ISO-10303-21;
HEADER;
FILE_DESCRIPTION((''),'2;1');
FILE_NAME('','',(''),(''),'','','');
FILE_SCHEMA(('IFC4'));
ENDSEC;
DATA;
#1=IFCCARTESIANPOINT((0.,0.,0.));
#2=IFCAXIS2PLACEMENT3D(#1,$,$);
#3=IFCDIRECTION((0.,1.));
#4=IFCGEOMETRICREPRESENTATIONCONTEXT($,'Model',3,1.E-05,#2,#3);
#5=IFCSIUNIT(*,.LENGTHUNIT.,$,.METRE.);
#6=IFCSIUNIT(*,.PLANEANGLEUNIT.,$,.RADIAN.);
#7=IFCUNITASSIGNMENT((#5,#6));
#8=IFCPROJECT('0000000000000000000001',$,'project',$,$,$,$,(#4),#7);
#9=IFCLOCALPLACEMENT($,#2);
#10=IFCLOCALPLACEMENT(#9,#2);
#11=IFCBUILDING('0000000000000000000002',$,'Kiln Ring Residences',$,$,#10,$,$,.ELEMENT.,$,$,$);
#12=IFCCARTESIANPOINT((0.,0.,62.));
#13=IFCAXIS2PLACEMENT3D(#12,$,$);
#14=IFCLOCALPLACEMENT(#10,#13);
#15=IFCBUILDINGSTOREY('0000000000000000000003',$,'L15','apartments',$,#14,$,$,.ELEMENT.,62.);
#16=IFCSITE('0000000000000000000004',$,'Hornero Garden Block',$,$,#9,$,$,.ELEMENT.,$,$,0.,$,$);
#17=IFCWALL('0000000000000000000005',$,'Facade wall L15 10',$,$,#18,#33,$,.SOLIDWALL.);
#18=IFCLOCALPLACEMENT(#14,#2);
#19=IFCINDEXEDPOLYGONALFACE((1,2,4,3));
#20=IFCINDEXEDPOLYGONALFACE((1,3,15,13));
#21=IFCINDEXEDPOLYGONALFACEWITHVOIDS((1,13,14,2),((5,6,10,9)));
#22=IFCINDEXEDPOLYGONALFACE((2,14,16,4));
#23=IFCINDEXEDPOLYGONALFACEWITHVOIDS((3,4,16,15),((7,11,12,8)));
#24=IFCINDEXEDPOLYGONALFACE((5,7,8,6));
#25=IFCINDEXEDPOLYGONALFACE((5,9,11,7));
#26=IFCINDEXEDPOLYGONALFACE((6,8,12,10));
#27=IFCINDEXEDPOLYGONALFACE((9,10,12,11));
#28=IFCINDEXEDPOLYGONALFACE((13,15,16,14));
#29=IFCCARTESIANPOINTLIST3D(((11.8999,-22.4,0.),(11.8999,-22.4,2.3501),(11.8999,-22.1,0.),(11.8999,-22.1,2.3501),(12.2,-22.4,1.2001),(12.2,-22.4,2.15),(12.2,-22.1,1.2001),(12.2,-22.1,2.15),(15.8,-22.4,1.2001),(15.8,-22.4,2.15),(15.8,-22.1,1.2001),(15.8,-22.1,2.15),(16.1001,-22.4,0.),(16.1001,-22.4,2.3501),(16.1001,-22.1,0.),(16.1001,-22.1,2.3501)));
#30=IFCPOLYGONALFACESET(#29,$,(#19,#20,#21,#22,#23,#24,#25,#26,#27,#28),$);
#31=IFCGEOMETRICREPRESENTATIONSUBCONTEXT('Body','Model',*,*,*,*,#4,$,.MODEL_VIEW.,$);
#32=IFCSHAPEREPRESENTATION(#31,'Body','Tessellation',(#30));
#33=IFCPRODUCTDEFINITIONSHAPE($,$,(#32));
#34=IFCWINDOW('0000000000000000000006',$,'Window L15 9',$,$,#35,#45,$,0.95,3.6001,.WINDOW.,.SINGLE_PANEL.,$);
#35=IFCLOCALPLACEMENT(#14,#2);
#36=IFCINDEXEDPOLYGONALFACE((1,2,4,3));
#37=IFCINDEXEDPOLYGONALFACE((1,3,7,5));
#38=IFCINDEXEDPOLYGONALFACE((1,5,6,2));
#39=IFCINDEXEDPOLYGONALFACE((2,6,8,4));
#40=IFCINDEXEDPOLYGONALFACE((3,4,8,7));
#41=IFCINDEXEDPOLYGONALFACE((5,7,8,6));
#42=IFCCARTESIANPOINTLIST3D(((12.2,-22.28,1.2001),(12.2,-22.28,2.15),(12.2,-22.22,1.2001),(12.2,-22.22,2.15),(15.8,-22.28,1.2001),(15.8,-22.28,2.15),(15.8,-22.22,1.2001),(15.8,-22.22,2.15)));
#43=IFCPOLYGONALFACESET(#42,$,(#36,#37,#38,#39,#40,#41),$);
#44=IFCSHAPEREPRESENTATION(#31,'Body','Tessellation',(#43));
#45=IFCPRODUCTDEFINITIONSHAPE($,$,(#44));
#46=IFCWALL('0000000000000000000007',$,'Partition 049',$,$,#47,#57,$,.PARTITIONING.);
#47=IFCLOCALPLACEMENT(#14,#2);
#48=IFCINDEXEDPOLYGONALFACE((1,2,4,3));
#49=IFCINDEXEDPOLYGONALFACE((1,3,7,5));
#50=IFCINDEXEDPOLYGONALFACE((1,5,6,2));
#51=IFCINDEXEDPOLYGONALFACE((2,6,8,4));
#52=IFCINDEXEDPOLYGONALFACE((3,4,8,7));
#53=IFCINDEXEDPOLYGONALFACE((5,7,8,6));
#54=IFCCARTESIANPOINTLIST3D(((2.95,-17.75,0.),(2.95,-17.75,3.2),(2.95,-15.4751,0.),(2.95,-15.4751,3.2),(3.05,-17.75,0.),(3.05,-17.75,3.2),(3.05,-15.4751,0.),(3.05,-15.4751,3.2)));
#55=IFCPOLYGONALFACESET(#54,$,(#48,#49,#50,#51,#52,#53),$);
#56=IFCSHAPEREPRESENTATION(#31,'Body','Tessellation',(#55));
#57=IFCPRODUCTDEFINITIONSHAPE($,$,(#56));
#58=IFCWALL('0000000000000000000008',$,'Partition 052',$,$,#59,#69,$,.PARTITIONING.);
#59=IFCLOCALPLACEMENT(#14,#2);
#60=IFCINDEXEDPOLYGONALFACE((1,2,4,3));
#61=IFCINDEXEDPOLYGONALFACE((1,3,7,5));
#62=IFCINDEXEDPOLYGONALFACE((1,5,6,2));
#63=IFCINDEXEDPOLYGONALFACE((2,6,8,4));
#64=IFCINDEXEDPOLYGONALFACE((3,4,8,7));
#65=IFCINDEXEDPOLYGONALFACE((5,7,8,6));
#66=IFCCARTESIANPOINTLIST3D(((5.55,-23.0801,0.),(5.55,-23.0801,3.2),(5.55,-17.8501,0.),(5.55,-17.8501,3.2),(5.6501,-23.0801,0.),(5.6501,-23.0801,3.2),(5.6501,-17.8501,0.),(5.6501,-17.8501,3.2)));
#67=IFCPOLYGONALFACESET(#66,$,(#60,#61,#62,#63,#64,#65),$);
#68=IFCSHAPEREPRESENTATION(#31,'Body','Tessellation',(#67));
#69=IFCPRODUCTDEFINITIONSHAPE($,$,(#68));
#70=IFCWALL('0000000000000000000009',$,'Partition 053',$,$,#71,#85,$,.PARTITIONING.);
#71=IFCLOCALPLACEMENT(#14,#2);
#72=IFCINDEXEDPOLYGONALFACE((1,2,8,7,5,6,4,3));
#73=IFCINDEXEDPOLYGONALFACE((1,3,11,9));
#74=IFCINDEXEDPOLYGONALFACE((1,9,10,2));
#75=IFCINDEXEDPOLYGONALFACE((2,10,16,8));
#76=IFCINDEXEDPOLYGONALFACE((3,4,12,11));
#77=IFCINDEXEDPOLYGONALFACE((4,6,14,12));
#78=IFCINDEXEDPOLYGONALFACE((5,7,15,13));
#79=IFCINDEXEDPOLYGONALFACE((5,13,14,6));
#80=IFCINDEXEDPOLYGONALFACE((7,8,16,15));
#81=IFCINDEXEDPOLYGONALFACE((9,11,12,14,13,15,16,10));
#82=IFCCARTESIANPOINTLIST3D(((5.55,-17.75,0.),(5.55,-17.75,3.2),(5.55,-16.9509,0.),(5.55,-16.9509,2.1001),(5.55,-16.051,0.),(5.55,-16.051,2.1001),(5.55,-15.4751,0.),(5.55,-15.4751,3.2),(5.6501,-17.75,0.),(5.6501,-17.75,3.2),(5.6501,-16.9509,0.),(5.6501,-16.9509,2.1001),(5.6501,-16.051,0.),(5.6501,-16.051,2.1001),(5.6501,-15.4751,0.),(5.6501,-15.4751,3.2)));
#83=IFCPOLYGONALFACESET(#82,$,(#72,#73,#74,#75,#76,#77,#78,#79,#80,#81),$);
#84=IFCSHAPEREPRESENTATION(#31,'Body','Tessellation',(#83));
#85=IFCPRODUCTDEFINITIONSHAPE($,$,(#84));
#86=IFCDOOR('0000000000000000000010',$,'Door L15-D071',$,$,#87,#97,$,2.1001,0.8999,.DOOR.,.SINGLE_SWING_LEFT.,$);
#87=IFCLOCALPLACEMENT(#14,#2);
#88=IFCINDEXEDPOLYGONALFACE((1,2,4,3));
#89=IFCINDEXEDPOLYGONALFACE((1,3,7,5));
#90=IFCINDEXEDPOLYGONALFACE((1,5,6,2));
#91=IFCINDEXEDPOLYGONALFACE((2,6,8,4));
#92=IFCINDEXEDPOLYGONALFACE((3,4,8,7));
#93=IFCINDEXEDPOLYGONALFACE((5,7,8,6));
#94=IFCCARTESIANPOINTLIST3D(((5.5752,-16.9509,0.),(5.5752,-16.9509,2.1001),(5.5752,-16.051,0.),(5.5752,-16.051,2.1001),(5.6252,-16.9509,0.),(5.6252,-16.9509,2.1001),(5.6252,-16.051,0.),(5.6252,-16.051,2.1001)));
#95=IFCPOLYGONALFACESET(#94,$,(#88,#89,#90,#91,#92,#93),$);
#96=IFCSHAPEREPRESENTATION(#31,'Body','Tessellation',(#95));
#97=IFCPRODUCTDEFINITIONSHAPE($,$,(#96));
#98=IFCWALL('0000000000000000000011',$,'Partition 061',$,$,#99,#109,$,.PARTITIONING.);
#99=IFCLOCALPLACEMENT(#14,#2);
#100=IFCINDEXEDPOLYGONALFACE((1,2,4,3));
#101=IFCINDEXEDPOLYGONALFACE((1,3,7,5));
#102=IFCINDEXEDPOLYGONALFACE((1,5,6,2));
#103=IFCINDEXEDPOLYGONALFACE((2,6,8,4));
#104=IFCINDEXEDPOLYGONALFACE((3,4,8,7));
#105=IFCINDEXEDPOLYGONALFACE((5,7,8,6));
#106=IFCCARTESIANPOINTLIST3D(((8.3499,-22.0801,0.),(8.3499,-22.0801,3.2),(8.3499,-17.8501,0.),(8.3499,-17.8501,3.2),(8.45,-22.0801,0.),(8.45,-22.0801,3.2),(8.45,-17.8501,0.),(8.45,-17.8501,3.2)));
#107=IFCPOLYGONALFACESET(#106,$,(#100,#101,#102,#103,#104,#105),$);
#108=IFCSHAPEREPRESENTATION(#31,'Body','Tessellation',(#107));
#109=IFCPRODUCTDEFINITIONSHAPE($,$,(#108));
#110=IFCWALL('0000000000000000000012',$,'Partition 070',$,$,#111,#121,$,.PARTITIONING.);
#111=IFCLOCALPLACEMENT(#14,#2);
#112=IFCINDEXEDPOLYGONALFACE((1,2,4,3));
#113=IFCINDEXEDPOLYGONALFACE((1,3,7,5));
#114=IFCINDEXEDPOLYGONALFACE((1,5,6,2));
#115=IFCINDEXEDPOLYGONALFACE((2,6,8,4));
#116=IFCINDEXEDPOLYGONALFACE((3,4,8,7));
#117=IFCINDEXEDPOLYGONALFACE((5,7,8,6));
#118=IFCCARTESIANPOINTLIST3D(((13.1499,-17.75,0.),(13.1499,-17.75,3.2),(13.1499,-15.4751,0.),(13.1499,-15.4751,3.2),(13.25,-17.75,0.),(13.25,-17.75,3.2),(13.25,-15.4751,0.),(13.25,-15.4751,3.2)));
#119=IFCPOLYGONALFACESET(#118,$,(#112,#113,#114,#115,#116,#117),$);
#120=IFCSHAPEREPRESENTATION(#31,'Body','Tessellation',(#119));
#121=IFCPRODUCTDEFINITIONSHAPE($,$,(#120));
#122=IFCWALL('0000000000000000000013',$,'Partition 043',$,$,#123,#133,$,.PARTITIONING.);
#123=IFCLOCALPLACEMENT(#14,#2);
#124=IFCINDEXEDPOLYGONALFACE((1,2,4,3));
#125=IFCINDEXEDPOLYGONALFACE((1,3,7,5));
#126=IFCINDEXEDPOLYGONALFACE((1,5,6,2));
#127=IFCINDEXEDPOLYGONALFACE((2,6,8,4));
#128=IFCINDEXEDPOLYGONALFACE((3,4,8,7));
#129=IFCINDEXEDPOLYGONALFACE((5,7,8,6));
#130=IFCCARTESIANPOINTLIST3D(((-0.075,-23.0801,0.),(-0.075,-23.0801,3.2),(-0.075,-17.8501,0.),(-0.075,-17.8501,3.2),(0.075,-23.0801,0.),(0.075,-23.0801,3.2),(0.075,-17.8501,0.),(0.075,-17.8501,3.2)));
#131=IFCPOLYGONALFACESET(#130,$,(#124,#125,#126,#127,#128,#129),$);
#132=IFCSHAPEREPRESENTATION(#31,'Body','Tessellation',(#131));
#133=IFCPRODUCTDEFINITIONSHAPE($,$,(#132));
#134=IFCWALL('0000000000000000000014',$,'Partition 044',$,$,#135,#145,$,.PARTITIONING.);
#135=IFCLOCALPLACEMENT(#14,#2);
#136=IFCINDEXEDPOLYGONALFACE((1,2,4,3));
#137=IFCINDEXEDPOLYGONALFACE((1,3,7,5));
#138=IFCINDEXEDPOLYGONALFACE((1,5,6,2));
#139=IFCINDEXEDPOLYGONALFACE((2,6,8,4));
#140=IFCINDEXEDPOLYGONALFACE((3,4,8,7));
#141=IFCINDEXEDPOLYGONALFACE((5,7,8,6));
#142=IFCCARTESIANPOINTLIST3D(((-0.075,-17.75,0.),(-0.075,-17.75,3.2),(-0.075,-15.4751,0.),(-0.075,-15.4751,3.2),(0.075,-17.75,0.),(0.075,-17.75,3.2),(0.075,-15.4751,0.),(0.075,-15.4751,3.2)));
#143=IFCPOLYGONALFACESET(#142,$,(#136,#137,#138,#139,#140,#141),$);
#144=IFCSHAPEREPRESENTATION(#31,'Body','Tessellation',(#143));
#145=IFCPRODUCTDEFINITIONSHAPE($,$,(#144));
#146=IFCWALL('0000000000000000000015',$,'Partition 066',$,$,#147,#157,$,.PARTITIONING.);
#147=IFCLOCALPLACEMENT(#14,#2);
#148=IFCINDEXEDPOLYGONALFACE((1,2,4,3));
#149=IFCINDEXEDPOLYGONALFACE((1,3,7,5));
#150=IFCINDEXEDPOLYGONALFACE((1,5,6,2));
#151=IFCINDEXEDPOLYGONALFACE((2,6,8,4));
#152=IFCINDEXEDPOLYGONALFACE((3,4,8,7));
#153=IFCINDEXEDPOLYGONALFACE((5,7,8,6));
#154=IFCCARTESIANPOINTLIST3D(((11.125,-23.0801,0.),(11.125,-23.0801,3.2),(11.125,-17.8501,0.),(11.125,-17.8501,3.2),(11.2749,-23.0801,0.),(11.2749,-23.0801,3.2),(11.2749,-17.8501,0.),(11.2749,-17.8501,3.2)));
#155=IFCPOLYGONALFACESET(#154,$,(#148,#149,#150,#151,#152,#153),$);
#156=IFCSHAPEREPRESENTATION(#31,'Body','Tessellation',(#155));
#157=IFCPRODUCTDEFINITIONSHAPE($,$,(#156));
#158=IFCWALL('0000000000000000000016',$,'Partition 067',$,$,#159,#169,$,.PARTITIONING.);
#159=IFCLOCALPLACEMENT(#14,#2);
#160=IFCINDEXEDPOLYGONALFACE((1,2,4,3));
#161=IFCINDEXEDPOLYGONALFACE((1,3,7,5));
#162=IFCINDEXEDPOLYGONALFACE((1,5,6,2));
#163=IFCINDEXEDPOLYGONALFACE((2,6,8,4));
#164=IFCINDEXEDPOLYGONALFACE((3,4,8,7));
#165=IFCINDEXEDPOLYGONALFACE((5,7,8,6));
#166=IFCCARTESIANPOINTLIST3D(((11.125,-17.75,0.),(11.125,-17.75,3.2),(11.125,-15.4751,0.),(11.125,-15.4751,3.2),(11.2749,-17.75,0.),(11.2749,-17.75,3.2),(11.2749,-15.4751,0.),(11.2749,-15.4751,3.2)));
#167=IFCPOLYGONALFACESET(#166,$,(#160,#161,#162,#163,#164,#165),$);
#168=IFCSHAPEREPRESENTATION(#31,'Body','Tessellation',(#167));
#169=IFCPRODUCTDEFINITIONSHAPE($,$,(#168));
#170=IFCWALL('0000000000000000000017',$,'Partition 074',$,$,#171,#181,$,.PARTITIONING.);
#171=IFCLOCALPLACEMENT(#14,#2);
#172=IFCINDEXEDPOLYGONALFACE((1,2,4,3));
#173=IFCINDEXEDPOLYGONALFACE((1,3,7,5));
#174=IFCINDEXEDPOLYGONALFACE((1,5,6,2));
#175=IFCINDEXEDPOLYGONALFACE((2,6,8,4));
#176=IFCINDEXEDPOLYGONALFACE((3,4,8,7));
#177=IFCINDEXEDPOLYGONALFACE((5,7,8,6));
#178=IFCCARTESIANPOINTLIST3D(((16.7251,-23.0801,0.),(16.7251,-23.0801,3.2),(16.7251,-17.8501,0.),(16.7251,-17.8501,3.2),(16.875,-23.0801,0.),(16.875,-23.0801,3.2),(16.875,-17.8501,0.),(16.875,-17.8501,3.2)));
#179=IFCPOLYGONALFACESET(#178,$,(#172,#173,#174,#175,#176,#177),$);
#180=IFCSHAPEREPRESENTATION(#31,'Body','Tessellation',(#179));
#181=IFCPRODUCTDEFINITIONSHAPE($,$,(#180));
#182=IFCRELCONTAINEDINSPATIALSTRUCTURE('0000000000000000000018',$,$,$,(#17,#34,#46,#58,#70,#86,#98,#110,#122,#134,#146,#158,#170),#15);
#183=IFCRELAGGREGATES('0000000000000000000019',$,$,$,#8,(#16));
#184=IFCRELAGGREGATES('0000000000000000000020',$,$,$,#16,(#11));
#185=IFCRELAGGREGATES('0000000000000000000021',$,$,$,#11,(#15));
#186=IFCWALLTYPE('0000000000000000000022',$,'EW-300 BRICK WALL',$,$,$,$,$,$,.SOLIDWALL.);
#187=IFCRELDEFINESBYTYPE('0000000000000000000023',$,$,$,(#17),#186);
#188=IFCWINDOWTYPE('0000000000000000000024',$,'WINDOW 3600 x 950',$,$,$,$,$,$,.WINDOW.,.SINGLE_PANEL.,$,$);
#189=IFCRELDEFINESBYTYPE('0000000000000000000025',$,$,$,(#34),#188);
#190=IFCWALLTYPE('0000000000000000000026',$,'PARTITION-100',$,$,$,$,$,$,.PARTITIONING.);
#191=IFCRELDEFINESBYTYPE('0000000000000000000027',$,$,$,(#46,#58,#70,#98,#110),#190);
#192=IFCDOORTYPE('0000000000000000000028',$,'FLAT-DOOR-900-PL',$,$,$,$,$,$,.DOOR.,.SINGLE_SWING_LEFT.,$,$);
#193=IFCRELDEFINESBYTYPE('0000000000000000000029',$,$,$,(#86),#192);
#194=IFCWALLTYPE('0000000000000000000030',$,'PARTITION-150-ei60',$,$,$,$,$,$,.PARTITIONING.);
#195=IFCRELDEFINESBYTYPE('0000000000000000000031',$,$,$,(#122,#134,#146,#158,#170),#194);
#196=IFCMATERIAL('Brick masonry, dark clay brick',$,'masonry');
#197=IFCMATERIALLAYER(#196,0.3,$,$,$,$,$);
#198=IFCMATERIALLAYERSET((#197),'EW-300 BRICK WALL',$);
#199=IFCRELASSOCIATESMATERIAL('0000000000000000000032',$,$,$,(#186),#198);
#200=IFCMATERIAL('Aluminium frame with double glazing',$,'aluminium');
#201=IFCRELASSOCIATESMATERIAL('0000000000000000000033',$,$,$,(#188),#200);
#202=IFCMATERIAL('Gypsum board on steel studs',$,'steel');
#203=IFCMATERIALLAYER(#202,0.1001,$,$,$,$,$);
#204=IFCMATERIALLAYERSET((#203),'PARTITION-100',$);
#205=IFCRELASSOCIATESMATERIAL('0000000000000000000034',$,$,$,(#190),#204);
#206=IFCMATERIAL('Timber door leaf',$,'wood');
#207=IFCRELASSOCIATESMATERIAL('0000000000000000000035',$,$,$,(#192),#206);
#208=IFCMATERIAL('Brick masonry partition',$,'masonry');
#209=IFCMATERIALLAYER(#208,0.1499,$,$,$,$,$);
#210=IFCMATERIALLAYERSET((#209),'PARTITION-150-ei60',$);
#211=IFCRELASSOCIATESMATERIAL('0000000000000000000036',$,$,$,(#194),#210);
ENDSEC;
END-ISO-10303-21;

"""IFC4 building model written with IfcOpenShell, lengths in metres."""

from ifc_helpers import new_model, si_unit, direction, frame, frame_2d, origin, place, context, subcontext, project, spatial, rectangle, extrude, material, layer, layer_set, type_object, element, fill, save


model = new_model("IFC4")

# Units and contexts
model_context = context("Model", 3, precision=1e-05, world=origin(), true_north=direction((0.0, 1.0)))
body_context = subcontext(model_context, "Body", "Model", "MODEL_VIEW")
ifc_project = project(units=[si_unit("LENGTHUNIT", "METRE"), si_unit("PLANEANGLEUNIT", "RADIAN")], contexts=[model_context])

# Site, building, storey
site_placement = place(None, origin())
site = spatial("IfcSite", under=ifc_project, at=site_placement, Name="Hornero Garden Block", CompositionType="ELEMENT", RefElevation=0.0)
building_placement = place(site_placement, origin())
building = spatial("IfcBuilding", under=site, at=building_placement, Name="Kiln Ring Residences", CompositionType="ELEMENT")
storey_placement = place(building_placement, frame((0.0, 0.0, 62.0)))
storey = spatial("IfcBuildingStorey", under=building, at=storey_placement, Name="L15", Description="apartments", CompositionType="ELEMENT", Elevation=62.0)

# Shared definitions
ifc_material_1 = material(Name="Brick masonry, dark clay brick", Category="masonry")
ifc_layer_1 = layer(ifc_material_1, 0.3)
ifc_layer_set_1 = layer_set([ifc_layer_1], Name="EW-300 BRICK WALL")
wall_type_1 = type_object("IfcWallType", Name="EW-300 BRICK WALL", PredefinedType="SOLIDWALL", material=ifc_layer_set_1)
ifc_material_2 = material(Name="Aluminium frame with double glazing", Category="aluminium")
window_type_1 = type_object("IfcWindowType", Name="WINDOW 3600 x 950", PartitioningType="SINGLE_PANEL", PredefinedType="WINDOW", material=ifc_material_2)

# Wall, opening, window
wall_1_placement = place(storey_placement, frame((11.8999, -22.25, 0.0), z_axis=(0.0, 0.0, 1.0), x_axis=(1.0, 0.0, 0.0)))
wall_1 = element("IfcWall", 1, at=wall_1_placement, inside=storey, type_object=wall_type_1, Name="Facade wall L15 10", PredefinedType="SOLIDWALL", context=body_context, shape_type="SweptSolid", body=[
    extrude(rectangle(XDim=4.2002, YDim=0.3, at=frame_2d((2.1001, 0.0))), origin(), (0.0, 0.0, 1.0), 2.3501),
])
opening_1_placement = place(wall_1_placement, frame((0.3, 0.0, 1.2)))
opening_1 = element("IfcOpeningElement", 2, at=opening_1_placement, cuts=wall_1, PredefinedType="OPENING", context=body_context, shape_type="SweptSolid", body=[
    extrude(rectangle(XDim=3.6001, YDim=0.95, at=frame_2d((1.8, 0.4751))), frame((0.0, 0.1599, 0.0), z_axis=(0.0, -1.0, 0.0), x_axis=(1.0, 0.0, 0.0)), (0.0, 0.0, 1.0), 0.3201),
])
window_1_placement = place(opening_1_placement, origin())
window_1 = element("IfcWindow", 3, at=window_1_placement, inside=storey, type_object=window_type_1, Name="Window L15 9", OverallHeight=0.95, OverallWidth=3.6001, PartitioningType="SINGLE_PANEL", PredefinedType="WINDOW", context=body_context, shape_type="SweptSolid", body=[
    extrude(rectangle(XDim=3.6001, YDim=0.95, at=frame_2d((1.8, 0.4751))), frame((0.0, 0.03, 0.0), z_axis=(0.0, -1.0, 0.0), x_axis=(1.0, 0.0, 0.0)), (0.0, 0.0, 1.0), 0.0601),
])
fill(opening_1, window_1)

# Walls
ifc_material_3 = material(Name="Gypsum board on steel studs", Category="steel")
ifc_layer_2 = layer(ifc_material_3, 0.1001)
ifc_layer_set_2 = layer_set([ifc_layer_2], Name="PARTITION-100")
wall_type_2 = type_object("IfcWallType", Name="PARTITION-100", PredefinedType="PARTITIONING", material=ifc_layer_set_2)
wall_2_placement = place(storey_placement, frame((3.0, -17.75, 0.0), z_axis=(0.0, 0.0, 1.0), x_axis=(0.0, 1.0, 0.0)))
element("IfcWall", 4, at=wall_2_placement, inside=storey, type_object=wall_type_2, Name="Partition 049", PredefinedType="PARTITIONING", context=body_context, shape_type="SweptSolid", body=[
    extrude(rectangle(XDim=2.2749, YDim=0.1001, at=frame_2d((1.1375, 0.0))), origin(), (0.0, 0.0, 1.0), 3.2),
])
wall_3_placement = place(storey_placement, frame((5.6001, -23.0801, 0.0), z_axis=(0.0, 0.0, 1.0), x_axis=(0.0, 1.0, 0.0)))
element("IfcWall", 5, at=wall_3_placement, inside=storey, type_object=wall_type_2, Name="Partition 052", PredefinedType="PARTITIONING", context=body_context, shape_type="SweptSolid", body=[
    extrude(rectangle(XDim=5.23, YDim=0.1001, at=frame_2d((2.615, 0.0))), origin(), (0.0, 0.0, 1.0), 3.2),
])

# Wall, opening, door
wall_4_placement = place(storey_placement, frame((5.6001, -17.75, 0.0), z_axis=(0.0, 0.0, 1.0), x_axis=(0.0, 1.0, 0.0)))
wall_4 = element("IfcWall", 6, at=wall_4_placement, inside=storey, type_object=wall_type_2, Name="Partition 053", PredefinedType="PARTITIONING", context=body_context, shape_type="SweptSolid", body=[
    extrude(rectangle(XDim=2.2749, YDim=0.1001, at=frame_2d((1.1375, 0.0))), origin(), (0.0, 0.0, 1.0), 3.2),
])
opening_2_placement = place(wall_4_placement, frame((0.7991, 0.0, 0.0)))
opening_2 = element("IfcOpeningElement", 7, at=opening_2_placement, cuts=wall_4, PredefinedType="OPENING", context=body_context, shape_type="SweptSolid", body=[
    extrude(rectangle(XDim=0.8999, YDim=2.1001, at=frame_2d((0.45, 1.05))), frame((0.0, 0.0601, 0.0), z_axis=(0.0, -1.0, 0.0), x_axis=(1.0, 0.0, 0.0)), (0.0, 0.0, 1.0), 0.1201),
])
ifc_material_4 = material(Name="Timber door leaf", Category="wood")
door_type = type_object("IfcDoorType", Name="FLAT-DOOR-900-PL", OperationType="SINGLE_SWING_LEFT", PredefinedType="DOOR", material=ifc_material_4)
door_placement = place(opening_2_placement, origin())
door = element("IfcDoor", 8, at=door_placement, inside=storey, type_object=door_type, Name="Door L15-D071", OperationType="SINGLE_SWING_LEFT", OverallHeight=2.1001, OverallWidth=0.8999, PredefinedType="DOOR", context=body_context, shape_type="SweptSolid", body=[
    extrude(rectangle(XDim=0.8999, YDim=2.1001, at=frame_2d((0.45, 1.05))), frame((0.0, 0.0249, 0.0), z_axis=(0.0, -1.0, 0.0), x_axis=(1.0, 0.0, 0.0)), (0.0, 0.0, 1.0), 0.05),
])
fill(opening_2, door)

# Walls
wall_5_placement = place(storey_placement, frame((8.3999, -22.0801, 0.0), z_axis=(0.0, 0.0, 1.0), x_axis=(0.0, 1.0, 0.0)))
element("IfcWall", 9, at=wall_5_placement, inside=storey, type_object=wall_type_2, Name="Partition 061", PredefinedType="PARTITIONING", context=body_context, shape_type="SweptSolid", body=[
    extrude(rectangle(XDim=4.23, YDim=0.1001, at=frame_2d((2.115, 0.0))), origin(), (0.0, 0.0, 1.0), 3.2),
])
wall_6_placement = place(storey_placement, frame((13.2, -17.75, 0.0), z_axis=(0.0, 0.0, 1.0), x_axis=(0.0, 1.0, 0.0)))
element("IfcWall", 10, at=wall_6_placement, inside=storey, type_object=wall_type_2, Name="Partition 070", PredefinedType="PARTITIONING", context=body_context, shape_type="SweptSolid", body=[
    extrude(rectangle(XDim=2.2749, YDim=0.1001, at=frame_2d((1.1375, 0.0))), origin(), (0.0, 0.0, 1.0), 3.2),
])
ifc_material_5 = material(Name="Brick masonry partition", Category="masonry")
ifc_layer_3 = layer(ifc_material_5, 0.1499)
ifc_layer_set_3 = layer_set([ifc_layer_3], Name="PARTITION-150-ei60")
wall_type_3 = type_object("IfcWallType", Name="PARTITION-150-ei60", PredefinedType="PARTITIONING", material=ifc_layer_set_3)
wall_7_placement = place(storey_placement, frame((0.0, -23.0801, 0.0), z_axis=(0.0, 0.0, 1.0), x_axis=(0.0, 1.0, 0.0)))
element("IfcWall", 11, at=wall_7_placement, inside=storey, type_object=wall_type_3, Name="Partition 043", PredefinedType="PARTITIONING", context=body_context, shape_type="SweptSolid", body=[
    extrude(rectangle(XDim=5.23, YDim=0.1499, at=frame_2d((2.615, 0.0))), origin(), (0.0, 0.0, 1.0), 3.2),
])
wall_8_placement = place(storey_placement, frame((0.0, -17.75, 0.0), z_axis=(0.0, 0.0, 1.0), x_axis=(0.0, 1.0, 0.0)))
element("IfcWall", 12, at=wall_8_placement, inside=storey, type_object=wall_type_3, Name="Partition 044", PredefinedType="PARTITIONING", context=body_context, shape_type="SweptSolid", body=[
    extrude(rectangle(XDim=2.2749, YDim=0.1499, at=frame_2d((1.1375, 0.0))), origin(), (0.0, 0.0, 1.0), 3.2),
])
wall_9_placement = place(storey_placement, frame((11.2, -23.0801, 0.0), z_axis=(0.0, 0.0, 1.0), x_axis=(0.0, 1.0, 0.0)))
element("IfcWall", 13, at=wall_9_placement, inside=storey, type_object=wall_type_3, Name="Partition 066", PredefinedType="PARTITIONING", context=body_context, shape_type="SweptSolid", body=[
    extrude(rectangle(XDim=5.23, YDim=0.1499, at=frame_2d((2.615, 0.0))), origin(), (0.0, 0.0, 1.0), 3.2),
])
wall_10_placement = place(storey_placement, frame((11.2, -17.75, 0.0), z_axis=(0.0, 0.0, 1.0), x_axis=(0.0, 1.0, 0.0)))
element("IfcWall", 14, at=wall_10_placement, inside=storey, type_object=wall_type_3, Name="Partition 067", PredefinedType="PARTITIONING", context=body_context, shape_type="SweptSolid", body=[
    extrude(rectangle(XDim=2.2749, YDim=0.1499, at=frame_2d((1.1375, 0.0))), origin(), (0.0, 0.0, 1.0), 3.2),
])
wall_11_placement = place(storey_placement, frame((16.8, -23.0801, 0.0), z_axis=(0.0, 0.0, 1.0), x_axis=(0.0, 1.0, 0.0)))
element("IfcWall", 15, at=wall_11_placement, inside=storey, type_object=wall_type_3, Name="Partition 074", PredefinedType="PARTITIONING", context=body_context, shape_type="SweptSolid", body=[
    extrude(rectangle(XDim=5.23, YDim=0.1499, at=frame_2d((2.615, 0.0))), origin(), (0.0, 0.0, 1.0), 3.2),
])

save(model, "model.ifc")
